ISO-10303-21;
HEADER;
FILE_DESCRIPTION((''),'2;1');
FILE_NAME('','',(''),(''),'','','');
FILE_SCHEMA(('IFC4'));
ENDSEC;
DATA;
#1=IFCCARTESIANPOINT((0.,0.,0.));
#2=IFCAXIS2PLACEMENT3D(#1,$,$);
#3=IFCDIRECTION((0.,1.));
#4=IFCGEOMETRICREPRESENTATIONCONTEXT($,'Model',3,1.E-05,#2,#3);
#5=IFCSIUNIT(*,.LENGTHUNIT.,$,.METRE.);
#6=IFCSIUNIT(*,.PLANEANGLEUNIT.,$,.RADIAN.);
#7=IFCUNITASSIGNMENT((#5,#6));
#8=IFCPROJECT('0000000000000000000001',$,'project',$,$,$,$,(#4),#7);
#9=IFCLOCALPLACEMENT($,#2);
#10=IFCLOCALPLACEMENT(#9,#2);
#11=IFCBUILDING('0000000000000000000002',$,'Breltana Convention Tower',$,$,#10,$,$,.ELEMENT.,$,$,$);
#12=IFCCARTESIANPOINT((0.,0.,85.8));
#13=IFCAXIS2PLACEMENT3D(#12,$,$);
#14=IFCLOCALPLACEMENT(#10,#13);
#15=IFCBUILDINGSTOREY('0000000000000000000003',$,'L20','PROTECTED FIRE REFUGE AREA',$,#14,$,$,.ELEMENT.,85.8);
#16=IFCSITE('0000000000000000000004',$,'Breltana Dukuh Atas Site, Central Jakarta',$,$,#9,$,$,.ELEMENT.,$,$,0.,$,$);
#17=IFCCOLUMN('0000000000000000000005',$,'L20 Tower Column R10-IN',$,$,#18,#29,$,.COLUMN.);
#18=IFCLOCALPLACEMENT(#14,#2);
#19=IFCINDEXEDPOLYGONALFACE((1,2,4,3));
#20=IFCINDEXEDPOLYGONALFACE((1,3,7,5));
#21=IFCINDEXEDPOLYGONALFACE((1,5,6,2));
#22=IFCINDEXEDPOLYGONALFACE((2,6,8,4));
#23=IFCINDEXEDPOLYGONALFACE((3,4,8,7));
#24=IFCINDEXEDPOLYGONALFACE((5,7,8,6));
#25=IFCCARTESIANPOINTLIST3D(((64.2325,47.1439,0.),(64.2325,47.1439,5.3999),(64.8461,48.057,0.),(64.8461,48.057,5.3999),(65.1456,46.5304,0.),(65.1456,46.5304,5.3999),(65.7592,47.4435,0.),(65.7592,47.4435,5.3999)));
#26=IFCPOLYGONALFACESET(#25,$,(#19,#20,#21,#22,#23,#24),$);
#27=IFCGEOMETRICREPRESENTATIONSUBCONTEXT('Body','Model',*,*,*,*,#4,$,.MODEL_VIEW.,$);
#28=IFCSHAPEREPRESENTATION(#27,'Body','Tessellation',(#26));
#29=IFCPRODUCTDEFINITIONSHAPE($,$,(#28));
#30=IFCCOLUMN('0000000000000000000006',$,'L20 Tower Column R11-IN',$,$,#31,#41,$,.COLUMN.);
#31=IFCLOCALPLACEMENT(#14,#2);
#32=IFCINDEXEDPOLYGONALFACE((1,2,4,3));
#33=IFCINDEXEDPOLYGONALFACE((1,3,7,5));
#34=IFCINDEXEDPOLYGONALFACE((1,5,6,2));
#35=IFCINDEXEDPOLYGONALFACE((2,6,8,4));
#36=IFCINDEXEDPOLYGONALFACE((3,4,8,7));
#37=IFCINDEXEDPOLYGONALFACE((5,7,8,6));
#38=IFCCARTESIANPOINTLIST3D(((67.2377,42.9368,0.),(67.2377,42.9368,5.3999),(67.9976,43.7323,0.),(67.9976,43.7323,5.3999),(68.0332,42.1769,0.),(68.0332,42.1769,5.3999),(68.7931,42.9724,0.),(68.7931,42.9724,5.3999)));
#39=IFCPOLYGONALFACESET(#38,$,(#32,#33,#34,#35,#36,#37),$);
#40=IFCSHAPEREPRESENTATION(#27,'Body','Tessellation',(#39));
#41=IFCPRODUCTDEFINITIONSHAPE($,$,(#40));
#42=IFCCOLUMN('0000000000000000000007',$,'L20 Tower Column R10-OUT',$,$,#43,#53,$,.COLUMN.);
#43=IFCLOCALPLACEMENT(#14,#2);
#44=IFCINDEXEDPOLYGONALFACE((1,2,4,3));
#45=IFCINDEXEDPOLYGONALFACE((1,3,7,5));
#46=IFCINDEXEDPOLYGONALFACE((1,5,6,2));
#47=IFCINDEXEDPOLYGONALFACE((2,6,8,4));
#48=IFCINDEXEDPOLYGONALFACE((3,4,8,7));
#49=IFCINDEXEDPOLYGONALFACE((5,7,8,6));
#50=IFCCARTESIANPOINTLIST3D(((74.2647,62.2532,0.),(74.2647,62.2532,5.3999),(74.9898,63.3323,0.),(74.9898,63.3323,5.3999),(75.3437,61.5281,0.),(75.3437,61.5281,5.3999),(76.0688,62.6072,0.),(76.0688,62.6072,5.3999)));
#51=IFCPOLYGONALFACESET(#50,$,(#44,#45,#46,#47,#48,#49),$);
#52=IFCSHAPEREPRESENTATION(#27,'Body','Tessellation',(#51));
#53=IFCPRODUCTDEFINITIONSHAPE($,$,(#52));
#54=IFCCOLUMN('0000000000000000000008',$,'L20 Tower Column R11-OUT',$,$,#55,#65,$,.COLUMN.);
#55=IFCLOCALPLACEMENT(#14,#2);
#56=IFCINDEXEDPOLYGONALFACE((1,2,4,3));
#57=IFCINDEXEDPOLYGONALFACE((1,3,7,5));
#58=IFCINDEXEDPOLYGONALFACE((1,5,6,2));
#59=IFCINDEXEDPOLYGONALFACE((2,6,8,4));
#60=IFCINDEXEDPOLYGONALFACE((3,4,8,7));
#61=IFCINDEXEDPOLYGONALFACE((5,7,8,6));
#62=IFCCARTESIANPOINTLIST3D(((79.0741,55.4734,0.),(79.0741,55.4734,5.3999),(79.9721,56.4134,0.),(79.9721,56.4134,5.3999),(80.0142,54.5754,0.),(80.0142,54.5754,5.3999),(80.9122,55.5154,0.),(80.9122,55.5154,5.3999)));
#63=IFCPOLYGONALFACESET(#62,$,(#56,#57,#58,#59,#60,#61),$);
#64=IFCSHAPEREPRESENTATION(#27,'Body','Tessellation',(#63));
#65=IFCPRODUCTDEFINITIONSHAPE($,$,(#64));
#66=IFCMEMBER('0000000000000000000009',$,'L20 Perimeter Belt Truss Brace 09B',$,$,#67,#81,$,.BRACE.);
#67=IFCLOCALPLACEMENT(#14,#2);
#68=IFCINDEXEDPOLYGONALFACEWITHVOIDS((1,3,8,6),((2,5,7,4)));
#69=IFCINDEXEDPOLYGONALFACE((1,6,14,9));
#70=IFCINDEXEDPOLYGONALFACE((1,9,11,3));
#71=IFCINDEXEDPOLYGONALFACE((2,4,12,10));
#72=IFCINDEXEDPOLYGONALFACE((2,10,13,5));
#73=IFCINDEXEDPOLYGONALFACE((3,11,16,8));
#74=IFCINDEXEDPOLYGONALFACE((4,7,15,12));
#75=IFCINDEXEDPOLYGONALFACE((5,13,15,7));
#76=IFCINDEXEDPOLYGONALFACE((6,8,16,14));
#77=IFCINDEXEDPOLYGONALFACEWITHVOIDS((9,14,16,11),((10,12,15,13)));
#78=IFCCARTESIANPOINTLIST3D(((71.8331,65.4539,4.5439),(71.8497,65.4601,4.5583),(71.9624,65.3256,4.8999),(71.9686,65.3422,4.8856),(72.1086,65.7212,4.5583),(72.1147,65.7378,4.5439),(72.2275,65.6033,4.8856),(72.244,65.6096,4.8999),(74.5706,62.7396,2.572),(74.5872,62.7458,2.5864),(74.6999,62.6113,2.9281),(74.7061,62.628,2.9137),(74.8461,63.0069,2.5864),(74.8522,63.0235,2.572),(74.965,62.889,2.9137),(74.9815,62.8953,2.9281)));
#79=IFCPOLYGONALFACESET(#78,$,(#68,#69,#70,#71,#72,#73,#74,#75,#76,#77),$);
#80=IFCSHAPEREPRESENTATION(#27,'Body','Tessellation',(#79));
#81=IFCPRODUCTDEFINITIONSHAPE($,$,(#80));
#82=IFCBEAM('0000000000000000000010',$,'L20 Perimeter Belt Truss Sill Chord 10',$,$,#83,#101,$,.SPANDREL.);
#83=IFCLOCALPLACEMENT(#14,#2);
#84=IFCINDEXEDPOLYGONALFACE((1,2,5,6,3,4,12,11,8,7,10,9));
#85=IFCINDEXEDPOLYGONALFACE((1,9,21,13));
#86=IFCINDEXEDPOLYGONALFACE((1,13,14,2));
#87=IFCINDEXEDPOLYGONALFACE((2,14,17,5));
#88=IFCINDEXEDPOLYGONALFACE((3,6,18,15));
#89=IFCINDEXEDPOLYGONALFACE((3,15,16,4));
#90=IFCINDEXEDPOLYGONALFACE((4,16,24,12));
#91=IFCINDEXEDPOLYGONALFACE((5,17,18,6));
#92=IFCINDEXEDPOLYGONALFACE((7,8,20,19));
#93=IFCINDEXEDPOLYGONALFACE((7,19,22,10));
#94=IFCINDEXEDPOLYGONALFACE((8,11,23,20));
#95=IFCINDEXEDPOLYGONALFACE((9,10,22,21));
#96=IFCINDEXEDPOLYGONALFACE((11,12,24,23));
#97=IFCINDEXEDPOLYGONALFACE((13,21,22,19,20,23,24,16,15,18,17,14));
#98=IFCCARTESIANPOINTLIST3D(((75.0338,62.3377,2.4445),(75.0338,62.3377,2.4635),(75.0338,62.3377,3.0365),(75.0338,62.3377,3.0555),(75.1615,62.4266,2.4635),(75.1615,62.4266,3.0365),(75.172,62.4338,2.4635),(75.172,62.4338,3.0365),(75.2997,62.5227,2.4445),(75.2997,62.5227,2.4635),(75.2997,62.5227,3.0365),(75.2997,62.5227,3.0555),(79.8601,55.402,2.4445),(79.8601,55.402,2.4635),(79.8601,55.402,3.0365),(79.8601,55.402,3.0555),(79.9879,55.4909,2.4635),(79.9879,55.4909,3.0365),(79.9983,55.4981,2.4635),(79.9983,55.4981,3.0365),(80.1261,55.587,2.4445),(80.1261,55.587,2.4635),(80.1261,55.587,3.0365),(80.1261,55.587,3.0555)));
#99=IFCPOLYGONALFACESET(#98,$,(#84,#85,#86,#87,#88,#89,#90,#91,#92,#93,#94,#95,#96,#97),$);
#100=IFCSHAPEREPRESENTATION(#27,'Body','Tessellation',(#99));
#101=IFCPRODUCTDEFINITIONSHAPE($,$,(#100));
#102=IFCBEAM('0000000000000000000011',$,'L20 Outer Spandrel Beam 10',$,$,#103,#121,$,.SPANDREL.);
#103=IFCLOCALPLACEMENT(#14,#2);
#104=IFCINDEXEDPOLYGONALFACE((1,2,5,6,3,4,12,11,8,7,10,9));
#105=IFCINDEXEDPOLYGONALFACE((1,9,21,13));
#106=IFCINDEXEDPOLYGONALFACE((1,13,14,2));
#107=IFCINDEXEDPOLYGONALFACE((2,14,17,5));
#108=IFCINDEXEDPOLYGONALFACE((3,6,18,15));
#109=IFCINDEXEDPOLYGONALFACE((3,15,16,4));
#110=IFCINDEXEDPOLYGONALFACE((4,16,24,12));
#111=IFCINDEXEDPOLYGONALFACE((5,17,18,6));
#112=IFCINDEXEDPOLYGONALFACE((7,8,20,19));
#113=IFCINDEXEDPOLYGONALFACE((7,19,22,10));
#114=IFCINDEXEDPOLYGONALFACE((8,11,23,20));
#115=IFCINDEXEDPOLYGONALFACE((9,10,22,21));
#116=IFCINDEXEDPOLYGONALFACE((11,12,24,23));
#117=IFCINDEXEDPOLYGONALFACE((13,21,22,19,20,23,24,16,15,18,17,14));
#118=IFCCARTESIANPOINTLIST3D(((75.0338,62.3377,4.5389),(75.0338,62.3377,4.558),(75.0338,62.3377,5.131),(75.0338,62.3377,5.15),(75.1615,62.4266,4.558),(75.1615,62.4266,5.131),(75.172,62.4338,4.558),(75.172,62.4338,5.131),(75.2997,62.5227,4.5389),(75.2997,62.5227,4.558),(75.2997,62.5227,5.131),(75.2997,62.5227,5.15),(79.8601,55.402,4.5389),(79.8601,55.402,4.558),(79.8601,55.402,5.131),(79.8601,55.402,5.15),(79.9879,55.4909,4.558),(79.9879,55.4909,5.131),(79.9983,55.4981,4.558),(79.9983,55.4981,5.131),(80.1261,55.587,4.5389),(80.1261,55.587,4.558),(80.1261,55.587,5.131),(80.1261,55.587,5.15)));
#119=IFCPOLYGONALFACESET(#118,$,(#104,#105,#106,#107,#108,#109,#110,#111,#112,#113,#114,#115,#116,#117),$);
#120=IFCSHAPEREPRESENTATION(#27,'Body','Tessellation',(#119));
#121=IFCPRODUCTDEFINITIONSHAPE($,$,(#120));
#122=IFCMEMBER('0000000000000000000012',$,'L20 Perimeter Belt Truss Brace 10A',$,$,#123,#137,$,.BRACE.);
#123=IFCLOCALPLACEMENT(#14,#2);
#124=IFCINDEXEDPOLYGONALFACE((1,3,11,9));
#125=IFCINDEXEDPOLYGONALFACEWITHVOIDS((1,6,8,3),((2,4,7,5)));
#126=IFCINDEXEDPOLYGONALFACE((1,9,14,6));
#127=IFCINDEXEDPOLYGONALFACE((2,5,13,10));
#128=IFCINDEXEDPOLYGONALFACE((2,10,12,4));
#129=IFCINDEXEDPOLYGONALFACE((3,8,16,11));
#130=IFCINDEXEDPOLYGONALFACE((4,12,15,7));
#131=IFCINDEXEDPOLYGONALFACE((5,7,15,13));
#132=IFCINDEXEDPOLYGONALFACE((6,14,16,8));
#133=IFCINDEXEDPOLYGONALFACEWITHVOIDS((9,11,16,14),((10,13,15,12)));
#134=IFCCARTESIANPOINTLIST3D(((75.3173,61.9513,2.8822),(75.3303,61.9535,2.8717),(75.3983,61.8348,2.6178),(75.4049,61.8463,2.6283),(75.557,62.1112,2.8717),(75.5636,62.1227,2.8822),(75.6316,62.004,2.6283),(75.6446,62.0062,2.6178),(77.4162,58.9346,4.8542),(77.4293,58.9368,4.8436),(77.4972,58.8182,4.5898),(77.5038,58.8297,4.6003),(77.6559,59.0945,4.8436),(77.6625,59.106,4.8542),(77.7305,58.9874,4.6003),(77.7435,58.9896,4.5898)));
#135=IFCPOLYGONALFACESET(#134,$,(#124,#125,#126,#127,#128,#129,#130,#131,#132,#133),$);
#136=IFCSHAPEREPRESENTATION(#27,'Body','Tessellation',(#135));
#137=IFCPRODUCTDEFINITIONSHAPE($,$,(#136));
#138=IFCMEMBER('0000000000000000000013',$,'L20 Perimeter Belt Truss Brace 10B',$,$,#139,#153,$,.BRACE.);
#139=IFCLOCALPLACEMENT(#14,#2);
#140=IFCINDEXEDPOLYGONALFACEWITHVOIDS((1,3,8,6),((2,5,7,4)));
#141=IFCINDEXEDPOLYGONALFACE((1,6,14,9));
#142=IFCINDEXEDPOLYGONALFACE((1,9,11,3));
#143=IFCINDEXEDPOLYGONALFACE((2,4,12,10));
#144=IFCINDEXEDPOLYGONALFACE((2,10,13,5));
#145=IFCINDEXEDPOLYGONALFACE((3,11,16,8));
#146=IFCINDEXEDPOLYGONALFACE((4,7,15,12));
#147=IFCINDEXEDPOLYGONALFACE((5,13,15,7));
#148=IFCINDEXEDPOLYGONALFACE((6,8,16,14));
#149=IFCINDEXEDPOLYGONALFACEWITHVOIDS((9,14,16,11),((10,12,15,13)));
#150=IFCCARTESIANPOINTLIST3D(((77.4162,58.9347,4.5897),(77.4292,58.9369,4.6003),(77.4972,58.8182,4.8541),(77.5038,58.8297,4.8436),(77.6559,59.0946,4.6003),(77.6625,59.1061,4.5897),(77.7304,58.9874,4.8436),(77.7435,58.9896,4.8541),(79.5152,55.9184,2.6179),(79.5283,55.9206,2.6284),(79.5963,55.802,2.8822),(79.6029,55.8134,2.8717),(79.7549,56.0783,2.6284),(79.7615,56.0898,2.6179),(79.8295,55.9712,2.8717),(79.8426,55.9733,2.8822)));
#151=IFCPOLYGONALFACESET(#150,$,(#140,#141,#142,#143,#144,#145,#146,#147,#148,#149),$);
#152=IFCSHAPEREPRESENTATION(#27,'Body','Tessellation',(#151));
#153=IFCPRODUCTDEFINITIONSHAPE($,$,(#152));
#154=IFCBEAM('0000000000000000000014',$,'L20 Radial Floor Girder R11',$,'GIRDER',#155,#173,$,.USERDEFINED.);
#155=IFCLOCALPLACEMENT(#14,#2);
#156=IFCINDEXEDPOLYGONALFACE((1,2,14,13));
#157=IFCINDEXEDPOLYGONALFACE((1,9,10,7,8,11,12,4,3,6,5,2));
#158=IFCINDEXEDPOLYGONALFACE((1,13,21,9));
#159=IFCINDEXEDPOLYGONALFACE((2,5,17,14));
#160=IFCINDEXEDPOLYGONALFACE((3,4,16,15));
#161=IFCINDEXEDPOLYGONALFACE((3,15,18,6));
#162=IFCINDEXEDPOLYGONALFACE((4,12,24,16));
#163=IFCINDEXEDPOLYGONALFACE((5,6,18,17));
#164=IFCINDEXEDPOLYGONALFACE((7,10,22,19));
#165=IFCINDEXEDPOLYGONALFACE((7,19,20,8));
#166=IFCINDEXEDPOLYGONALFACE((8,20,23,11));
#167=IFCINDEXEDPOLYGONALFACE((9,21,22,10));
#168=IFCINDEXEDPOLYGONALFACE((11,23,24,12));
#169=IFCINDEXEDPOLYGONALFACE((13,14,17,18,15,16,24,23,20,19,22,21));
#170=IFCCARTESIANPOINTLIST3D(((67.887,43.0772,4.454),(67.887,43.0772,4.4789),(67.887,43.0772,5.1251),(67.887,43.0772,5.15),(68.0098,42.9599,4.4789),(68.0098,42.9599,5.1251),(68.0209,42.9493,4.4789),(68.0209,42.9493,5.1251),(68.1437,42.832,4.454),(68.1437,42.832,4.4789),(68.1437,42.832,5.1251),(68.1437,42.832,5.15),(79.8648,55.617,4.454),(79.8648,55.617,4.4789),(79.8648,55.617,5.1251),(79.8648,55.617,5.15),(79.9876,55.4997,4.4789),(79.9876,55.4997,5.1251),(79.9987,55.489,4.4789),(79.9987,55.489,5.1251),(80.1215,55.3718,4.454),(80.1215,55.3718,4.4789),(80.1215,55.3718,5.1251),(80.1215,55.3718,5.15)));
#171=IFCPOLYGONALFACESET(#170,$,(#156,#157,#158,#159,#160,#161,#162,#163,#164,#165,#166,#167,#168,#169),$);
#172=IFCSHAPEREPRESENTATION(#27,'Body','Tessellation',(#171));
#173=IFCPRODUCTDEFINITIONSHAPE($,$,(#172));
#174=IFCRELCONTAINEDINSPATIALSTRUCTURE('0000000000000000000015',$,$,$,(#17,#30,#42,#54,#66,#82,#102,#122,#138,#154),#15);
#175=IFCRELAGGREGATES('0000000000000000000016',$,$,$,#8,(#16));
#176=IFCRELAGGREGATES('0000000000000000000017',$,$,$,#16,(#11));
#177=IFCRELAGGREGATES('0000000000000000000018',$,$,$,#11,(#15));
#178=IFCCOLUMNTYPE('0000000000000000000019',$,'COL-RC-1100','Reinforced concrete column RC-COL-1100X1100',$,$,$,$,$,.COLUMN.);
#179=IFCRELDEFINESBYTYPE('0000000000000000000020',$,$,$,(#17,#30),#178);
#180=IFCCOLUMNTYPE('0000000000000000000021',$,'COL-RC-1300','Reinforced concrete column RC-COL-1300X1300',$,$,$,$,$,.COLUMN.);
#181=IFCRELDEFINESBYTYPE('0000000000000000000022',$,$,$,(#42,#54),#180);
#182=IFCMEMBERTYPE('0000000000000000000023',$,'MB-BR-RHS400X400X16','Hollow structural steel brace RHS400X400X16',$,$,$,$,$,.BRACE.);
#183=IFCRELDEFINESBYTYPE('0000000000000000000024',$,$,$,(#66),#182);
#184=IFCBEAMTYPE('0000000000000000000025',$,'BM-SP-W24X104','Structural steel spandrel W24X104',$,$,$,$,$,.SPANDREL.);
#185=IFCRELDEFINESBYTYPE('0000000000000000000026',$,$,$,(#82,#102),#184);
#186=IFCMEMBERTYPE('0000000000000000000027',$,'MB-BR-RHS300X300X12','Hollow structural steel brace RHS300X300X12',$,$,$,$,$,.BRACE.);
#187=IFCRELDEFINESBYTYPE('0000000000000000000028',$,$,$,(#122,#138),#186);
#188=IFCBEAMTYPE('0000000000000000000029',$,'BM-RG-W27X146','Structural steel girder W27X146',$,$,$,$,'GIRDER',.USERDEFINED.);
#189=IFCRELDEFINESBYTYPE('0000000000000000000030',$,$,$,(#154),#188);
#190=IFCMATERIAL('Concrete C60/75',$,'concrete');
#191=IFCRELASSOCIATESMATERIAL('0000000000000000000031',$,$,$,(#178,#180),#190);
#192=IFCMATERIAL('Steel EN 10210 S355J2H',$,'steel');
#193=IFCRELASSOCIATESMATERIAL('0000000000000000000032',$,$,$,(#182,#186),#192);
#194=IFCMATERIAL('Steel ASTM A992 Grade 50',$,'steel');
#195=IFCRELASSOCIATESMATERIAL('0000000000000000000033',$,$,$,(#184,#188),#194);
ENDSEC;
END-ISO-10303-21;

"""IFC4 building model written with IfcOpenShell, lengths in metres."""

from ifc_helpers import new_model, si_unit, direction, frame, origin, origin_2d, place, context, subcontext, project, spatial, rectangle, hollow_rectangle, i_section, extrude, source, transform, mapped, material, material_profile, profile_set, type_object, type_shapes, element, save


model = new_model("IFC4")

# Units and contexts
model_context = context("Model", 3, precision=1e-05, world=origin(), true_north=direction((0.0, 1.0)))
body_context = subcontext(model_context, "Body", "Model", "MODEL_VIEW")
ifc_project = project(units=[si_unit("LENGTHUNIT", "METRE"), si_unit("PLANEANGLEUNIT", "RADIAN")], contexts=[model_context])

# Site, building, storey
site_placement = place(None, origin())
site = spatial("IfcSite", under=ifc_project, at=site_placement, Name="Breltana Dukuh Atas Site, Central Jakarta", CompositionType="ELEMENT", RefElevation=0.0)
building_placement = place(site_placement, origin())
building = spatial("IfcBuilding", under=site, at=building_placement, Name="Breltana Convention Tower", CompositionType="ELEMENT")
storey_placement = place(building_placement, frame((0.0, 0.0, 85.8)))
storey = spatial("IfcBuildingStorey", under=building, at=storey_placement, Name="L20", Description="PROTECTED FIRE REFUGE AREA", CompositionType="ELEMENT", Elevation=85.8)

# Columns
ifc_material_1 = material(Name="Concrete C60/75", Category="concrete")
ifc_material_profile_1 = material_profile(ifc_material_1, rectangle(XDim=1.1001, YDim=1.1001, at=origin_2d()), Name="RC-COL-1100X1100")
ifc_profile_set_1 = profile_set([ifc_material_profile_1], Name="Concrete C60/75")
column_type_1 = type_object("IfcColumnType", Name="COL-RC-1100", Description="Reinforced concrete column RC-COL-1100X1100", PredefinedType="COLUMN", material=ifc_profile_set_1)
shared_shape_1 = source(origin(), body_context, "Body", "SweptSolid", [
    extrude(rectangle(XDim=1.1001, YDim=1.1001, at=origin_2d()), origin(), (0.0, 0.0, 1.0), 5.3999),
])
type_shapes(column_type_1, [shared_shape_1])
for number, where, z_axis, x_axis, name in (
    (1, (64.9958, 47.2937, 0.0), (0.0, 0.0, 1.0), (0.557745, 0.830012, 0.0), "L20 Tower Column R10-IN"),
    (2, (68.0154, 42.9546, 0.0), (0.0, 0.0, 1.0), (0.690756, 0.723088, 0.0), "L20 Tower Column R11-IN"),
):
    element("IfcColumn", number, at=place(storey_placement, frame(where, z_axis=z_axis, x_axis=x_axis)), inside=storey, type_object=column_type_1, Name=name, PredefinedType="COLUMN", context=body_context, shape_type="MappedRepresentation", body=[
        mapped(shared_shape_1, transform((0.0, 0.0, 0.0), scale=1.0)),
    ])
ifc_material_profile_2 = material_profile(ifc_material_1, rectangle(XDim=1.3, YDim=1.3, at=origin_2d()), Name="RC-COL-1300X1300")
ifc_profile_set_2 = profile_set([ifc_material_profile_2], Name="Concrete C60/75")
column_type_2 = type_object("IfcColumnType", Name="COL-RC-1300", Description="Reinforced concrete column RC-COL-1300X1300", PredefinedType="COLUMN", material=ifc_profile_set_2)
shared_shape_2 = source(origin(), body_context, "Body", "SweptSolid", [
    extrude(rectangle(XDim=1.3, YDim=1.3, at=origin_2d()), origin(), (0.0, 0.0, 1.0), 5.3999),
])
type_shapes(column_type_2, [shared_shape_2])
for number, where, z_axis, x_axis, name in (
    (3, (75.1667, 62.4302, 0.0), (0.0, 0.0, 1.0), (0.557745, 0.830012, 0.0), "L20 Tower Column R10-OUT"),
    (4, (79.9932, 55.4944, 0.0), (0.0, 0.0, 1.0), (0.690756, 0.723088, 0.0), "L20 Tower Column R11-OUT"),
):
    element("IfcColumn", number, at=place(storey_placement, frame(where, z_axis=z_axis, x_axis=x_axis)), inside=storey, type_object=column_type_2, Name=name, PredefinedType="COLUMN", context=body_context, shape_type="MappedRepresentation", body=[
        mapped(shared_shape_2, transform((0.0, 0.0, 0.0), scale=1.0)),
    ])

# Member
ifc_material_2 = material(Name="Steel EN 10210 S355J2H", Category="steel")
ifc_material_profile_3 = material_profile(ifc_material_2, hollow_rectangle(XDim=0.3999, YDim=0.3999, WallThickness=0.0161, at=origin_2d()), Name="RHS400X400X16")
ifc_profile_set_3 = profile_set([ifc_material_profile_3], Name="Steel EN 10210 S355J2H")
member_type_1 = type_object("IfcMemberType", Name="MB-BR-RHS400X400X16", Description="Hollow structural steel brace RHS400X400X16", PredefinedType="BRACE", material=ifc_profile_set_3)
shared_shape_3 = source(origin(), body_context, "Body", "SweptSolid", [
    extrude(hollow_rectangle(XDim=0.3999, YDim=0.3999, WallThickness=0.0161, at=origin_2d()), origin(), (0.0, 0.0, 1.0), 4.3301),
])
member_1_placement = place(storey_placement, frame((72.0386, 65.5317, 4.7219), z_axis=(0.632203, -0.626847, -0.455392), x_axis=(0.704092, 0.710109, 0.0)))
element("IfcMember", 5, at=member_1_placement, inside=storey, type_object=member_type_1, Name="L20 Perimeter Belt Truss Brace 09B", PredefinedType="BRACE", context=body_context, shape_type="MappedRepresentation", body=[
    mapped(shared_shape_3, transform((0.0, 0.0, 0.0), scale=1.0)),
])

# Beams
ifc_material_3 = material(Name="Steel ASTM A992 Grade 50", Category="steel")
ifc_material_profile_4 = material_profile(ifc_material_3, i_section(OverallWidth=0.324, OverallDepth=0.6111, WebThickness=0.0127, FlangeThickness=0.019, at=origin_2d()), Name="W24X104")
ifc_profile_set_4 = profile_set([ifc_material_profile_4], Name="Steel ASTM A992 Grade 50")
beam_type_1 = type_object("IfcBeamType", Name="BM-SP-W24X104", Description="Structural steel spandrel W24X104", PredefinedType="SPANDREL", material=ifc_profile_set_4)
shared_shape_4 = source(origin(), body_context, "Body", "SweptSolid", [
    extrude(i_section(OverallWidth=0.324, OverallDepth=0.6111, WebThickness=0.0127, FlangeThickness=0.019, at=origin_2d()), origin(), (0.0, 0.0, 1.0), 8.4497),
])
for number, where, z_axis, x_axis, name in (
    (6, (75.1667, 62.4302, 2.75), (0.571186, -0.820821, 0.0), (0.820821, 0.571186, 0.0), "L20 Perimeter Belt Truss Sill Chord 10"),
    (7, (75.1667, 62.4302, 4.8445), (0.571186, -0.820821, 0.0), (0.820821, 0.571186, 0.0), "L20 Outer Spandrel Beam 10"),
):
    element("IfcBeam", number, at=place(storey_placement, frame(where, z_axis=z_axis, x_axis=x_axis)), inside=storey, type_object=beam_type_1, Name=name, PredefinedType="SPANDREL", context=body_context, shape_type="MappedRepresentation", body=[
        mapped(shared_shape_4, transform((0.0, 0.0, 0.0), scale=1.0)),
    ])

# Members
ifc_material_profile_5 = material_profile(ifc_material_2, hollow_rectangle(XDim=0.3, YDim=0.3, WallThickness=0.012, at=origin_2d()), Name="RHS300X300X12")
ifc_profile_set_5 = profile_set([ifc_material_profile_5], Name="Steel EN 10210 S355J2H")
member_type_2 = type_object("IfcMemberType", Name="MB-BR-RHS300X300X12", Description="Hollow structural steel brace RHS300X300X12", PredefinedType="BRACE", material=ifc_profile_set_5)
shared_shape_5 = source(origin(), body_context, "Body", "SweptSolid", [
    extrude(hollow_rectangle(XDim=0.3, YDim=0.3, WallThickness=0.012, at=origin_2d()), origin(), (0.0, 0.0, 1.0), 4.1707),
])
member_2_placement = place(storey_placement, frame((75.481, 61.9788, 2.75), z_axis=(0.503259, -0.723307, 0.472819), x_axis=(0.820858, 0.571133, 0.0)))
element("IfcMember", 8, at=member_2_placement, inside=storey, type_object=member_type_2, Name="L20 Perimeter Belt Truss Brace 10A", PredefinedType="BRACE", context=body_context, shape_type="MappedRepresentation", body=[
    mapped(shared_shape_5, transform((0.0, 0.0, 0.0), scale=1.0)),
])
shared_shape_6 = source(origin(), body_context, "Body", "SweptSolid", [
    extrude(hollow_rectangle(XDim=0.3, YDim=0.3, WallThickness=0.012, at=origin_2d()), origin(), (0.0, 0.0, 1.0), 4.1704),
])
member_3_placement = place(storey_placement, frame((77.5798, 58.9622, 4.7219), z_axis=(0.503324, -0.723258, -0.472825), x_axis=(0.820805, 0.571209, 0.0)))
element("IfcMember", 9, at=member_3_placement, inside=storey, type_object=member_type_2, Name="L20 Perimeter Belt Truss Brace 10B", PredefinedType="BRACE", context=body_context, shape_type="MappedRepresentation", body=[
    mapped(shared_shape_6, transform((0.0, 0.0, 0.0), scale=1.0)),
])

# Beam
ifc_material_profile_6 = material_profile(ifc_material_3, i_section(OverallWidth=0.355, OverallDepth=0.696, WebThickness=0.0154, FlangeThickness=0.0249, at=origin_2d()), Name="W27X146")
ifc_profile_set_6 = profile_set([ifc_material_profile_6], Name="Steel ASTM A992 Grade 50")
beam_type_2 = type_object("IfcBeamType", Name="BM-RG-W27X146", Description="Structural steel girder W27X146", ElementType="GIRDER", PredefinedType="USERDEFINED", material=ifc_profile_set_6)
shared_shape_7 = source(origin(), body_context, "Body", "SweptSolid", [
    extrude(i_section(OverallWidth=0.355, OverallDepth=0.696, WebThickness=0.0154, FlangeThickness=0.0249, at=origin_2d()), origin(), (0.0, 0.0, 1.0), 17.3411),
])
type_shapes(beam_type_2, [shared_shape_7])
beam_1_placement = place(storey_placement, frame((68.0154, 42.9546, 4.802), z_axis=(0.690716, 0.723126, 0.0), x_axis=(-0.723126, 0.690716, 0.0)))
element("IfcBeam", 10, at=beam_1_placement, inside=storey, type_object=beam_type_2, Name="L20 Radial Floor Girder R11", ObjectType="GIRDER", PredefinedType="USERDEFINED", context=body_context, shape_type="MappedRepresentation", body=[
    mapped(shared_shape_7, transform((0.0, 0.0, 0.0), scale=1.0)),
])

save(model, "model.ifc")
